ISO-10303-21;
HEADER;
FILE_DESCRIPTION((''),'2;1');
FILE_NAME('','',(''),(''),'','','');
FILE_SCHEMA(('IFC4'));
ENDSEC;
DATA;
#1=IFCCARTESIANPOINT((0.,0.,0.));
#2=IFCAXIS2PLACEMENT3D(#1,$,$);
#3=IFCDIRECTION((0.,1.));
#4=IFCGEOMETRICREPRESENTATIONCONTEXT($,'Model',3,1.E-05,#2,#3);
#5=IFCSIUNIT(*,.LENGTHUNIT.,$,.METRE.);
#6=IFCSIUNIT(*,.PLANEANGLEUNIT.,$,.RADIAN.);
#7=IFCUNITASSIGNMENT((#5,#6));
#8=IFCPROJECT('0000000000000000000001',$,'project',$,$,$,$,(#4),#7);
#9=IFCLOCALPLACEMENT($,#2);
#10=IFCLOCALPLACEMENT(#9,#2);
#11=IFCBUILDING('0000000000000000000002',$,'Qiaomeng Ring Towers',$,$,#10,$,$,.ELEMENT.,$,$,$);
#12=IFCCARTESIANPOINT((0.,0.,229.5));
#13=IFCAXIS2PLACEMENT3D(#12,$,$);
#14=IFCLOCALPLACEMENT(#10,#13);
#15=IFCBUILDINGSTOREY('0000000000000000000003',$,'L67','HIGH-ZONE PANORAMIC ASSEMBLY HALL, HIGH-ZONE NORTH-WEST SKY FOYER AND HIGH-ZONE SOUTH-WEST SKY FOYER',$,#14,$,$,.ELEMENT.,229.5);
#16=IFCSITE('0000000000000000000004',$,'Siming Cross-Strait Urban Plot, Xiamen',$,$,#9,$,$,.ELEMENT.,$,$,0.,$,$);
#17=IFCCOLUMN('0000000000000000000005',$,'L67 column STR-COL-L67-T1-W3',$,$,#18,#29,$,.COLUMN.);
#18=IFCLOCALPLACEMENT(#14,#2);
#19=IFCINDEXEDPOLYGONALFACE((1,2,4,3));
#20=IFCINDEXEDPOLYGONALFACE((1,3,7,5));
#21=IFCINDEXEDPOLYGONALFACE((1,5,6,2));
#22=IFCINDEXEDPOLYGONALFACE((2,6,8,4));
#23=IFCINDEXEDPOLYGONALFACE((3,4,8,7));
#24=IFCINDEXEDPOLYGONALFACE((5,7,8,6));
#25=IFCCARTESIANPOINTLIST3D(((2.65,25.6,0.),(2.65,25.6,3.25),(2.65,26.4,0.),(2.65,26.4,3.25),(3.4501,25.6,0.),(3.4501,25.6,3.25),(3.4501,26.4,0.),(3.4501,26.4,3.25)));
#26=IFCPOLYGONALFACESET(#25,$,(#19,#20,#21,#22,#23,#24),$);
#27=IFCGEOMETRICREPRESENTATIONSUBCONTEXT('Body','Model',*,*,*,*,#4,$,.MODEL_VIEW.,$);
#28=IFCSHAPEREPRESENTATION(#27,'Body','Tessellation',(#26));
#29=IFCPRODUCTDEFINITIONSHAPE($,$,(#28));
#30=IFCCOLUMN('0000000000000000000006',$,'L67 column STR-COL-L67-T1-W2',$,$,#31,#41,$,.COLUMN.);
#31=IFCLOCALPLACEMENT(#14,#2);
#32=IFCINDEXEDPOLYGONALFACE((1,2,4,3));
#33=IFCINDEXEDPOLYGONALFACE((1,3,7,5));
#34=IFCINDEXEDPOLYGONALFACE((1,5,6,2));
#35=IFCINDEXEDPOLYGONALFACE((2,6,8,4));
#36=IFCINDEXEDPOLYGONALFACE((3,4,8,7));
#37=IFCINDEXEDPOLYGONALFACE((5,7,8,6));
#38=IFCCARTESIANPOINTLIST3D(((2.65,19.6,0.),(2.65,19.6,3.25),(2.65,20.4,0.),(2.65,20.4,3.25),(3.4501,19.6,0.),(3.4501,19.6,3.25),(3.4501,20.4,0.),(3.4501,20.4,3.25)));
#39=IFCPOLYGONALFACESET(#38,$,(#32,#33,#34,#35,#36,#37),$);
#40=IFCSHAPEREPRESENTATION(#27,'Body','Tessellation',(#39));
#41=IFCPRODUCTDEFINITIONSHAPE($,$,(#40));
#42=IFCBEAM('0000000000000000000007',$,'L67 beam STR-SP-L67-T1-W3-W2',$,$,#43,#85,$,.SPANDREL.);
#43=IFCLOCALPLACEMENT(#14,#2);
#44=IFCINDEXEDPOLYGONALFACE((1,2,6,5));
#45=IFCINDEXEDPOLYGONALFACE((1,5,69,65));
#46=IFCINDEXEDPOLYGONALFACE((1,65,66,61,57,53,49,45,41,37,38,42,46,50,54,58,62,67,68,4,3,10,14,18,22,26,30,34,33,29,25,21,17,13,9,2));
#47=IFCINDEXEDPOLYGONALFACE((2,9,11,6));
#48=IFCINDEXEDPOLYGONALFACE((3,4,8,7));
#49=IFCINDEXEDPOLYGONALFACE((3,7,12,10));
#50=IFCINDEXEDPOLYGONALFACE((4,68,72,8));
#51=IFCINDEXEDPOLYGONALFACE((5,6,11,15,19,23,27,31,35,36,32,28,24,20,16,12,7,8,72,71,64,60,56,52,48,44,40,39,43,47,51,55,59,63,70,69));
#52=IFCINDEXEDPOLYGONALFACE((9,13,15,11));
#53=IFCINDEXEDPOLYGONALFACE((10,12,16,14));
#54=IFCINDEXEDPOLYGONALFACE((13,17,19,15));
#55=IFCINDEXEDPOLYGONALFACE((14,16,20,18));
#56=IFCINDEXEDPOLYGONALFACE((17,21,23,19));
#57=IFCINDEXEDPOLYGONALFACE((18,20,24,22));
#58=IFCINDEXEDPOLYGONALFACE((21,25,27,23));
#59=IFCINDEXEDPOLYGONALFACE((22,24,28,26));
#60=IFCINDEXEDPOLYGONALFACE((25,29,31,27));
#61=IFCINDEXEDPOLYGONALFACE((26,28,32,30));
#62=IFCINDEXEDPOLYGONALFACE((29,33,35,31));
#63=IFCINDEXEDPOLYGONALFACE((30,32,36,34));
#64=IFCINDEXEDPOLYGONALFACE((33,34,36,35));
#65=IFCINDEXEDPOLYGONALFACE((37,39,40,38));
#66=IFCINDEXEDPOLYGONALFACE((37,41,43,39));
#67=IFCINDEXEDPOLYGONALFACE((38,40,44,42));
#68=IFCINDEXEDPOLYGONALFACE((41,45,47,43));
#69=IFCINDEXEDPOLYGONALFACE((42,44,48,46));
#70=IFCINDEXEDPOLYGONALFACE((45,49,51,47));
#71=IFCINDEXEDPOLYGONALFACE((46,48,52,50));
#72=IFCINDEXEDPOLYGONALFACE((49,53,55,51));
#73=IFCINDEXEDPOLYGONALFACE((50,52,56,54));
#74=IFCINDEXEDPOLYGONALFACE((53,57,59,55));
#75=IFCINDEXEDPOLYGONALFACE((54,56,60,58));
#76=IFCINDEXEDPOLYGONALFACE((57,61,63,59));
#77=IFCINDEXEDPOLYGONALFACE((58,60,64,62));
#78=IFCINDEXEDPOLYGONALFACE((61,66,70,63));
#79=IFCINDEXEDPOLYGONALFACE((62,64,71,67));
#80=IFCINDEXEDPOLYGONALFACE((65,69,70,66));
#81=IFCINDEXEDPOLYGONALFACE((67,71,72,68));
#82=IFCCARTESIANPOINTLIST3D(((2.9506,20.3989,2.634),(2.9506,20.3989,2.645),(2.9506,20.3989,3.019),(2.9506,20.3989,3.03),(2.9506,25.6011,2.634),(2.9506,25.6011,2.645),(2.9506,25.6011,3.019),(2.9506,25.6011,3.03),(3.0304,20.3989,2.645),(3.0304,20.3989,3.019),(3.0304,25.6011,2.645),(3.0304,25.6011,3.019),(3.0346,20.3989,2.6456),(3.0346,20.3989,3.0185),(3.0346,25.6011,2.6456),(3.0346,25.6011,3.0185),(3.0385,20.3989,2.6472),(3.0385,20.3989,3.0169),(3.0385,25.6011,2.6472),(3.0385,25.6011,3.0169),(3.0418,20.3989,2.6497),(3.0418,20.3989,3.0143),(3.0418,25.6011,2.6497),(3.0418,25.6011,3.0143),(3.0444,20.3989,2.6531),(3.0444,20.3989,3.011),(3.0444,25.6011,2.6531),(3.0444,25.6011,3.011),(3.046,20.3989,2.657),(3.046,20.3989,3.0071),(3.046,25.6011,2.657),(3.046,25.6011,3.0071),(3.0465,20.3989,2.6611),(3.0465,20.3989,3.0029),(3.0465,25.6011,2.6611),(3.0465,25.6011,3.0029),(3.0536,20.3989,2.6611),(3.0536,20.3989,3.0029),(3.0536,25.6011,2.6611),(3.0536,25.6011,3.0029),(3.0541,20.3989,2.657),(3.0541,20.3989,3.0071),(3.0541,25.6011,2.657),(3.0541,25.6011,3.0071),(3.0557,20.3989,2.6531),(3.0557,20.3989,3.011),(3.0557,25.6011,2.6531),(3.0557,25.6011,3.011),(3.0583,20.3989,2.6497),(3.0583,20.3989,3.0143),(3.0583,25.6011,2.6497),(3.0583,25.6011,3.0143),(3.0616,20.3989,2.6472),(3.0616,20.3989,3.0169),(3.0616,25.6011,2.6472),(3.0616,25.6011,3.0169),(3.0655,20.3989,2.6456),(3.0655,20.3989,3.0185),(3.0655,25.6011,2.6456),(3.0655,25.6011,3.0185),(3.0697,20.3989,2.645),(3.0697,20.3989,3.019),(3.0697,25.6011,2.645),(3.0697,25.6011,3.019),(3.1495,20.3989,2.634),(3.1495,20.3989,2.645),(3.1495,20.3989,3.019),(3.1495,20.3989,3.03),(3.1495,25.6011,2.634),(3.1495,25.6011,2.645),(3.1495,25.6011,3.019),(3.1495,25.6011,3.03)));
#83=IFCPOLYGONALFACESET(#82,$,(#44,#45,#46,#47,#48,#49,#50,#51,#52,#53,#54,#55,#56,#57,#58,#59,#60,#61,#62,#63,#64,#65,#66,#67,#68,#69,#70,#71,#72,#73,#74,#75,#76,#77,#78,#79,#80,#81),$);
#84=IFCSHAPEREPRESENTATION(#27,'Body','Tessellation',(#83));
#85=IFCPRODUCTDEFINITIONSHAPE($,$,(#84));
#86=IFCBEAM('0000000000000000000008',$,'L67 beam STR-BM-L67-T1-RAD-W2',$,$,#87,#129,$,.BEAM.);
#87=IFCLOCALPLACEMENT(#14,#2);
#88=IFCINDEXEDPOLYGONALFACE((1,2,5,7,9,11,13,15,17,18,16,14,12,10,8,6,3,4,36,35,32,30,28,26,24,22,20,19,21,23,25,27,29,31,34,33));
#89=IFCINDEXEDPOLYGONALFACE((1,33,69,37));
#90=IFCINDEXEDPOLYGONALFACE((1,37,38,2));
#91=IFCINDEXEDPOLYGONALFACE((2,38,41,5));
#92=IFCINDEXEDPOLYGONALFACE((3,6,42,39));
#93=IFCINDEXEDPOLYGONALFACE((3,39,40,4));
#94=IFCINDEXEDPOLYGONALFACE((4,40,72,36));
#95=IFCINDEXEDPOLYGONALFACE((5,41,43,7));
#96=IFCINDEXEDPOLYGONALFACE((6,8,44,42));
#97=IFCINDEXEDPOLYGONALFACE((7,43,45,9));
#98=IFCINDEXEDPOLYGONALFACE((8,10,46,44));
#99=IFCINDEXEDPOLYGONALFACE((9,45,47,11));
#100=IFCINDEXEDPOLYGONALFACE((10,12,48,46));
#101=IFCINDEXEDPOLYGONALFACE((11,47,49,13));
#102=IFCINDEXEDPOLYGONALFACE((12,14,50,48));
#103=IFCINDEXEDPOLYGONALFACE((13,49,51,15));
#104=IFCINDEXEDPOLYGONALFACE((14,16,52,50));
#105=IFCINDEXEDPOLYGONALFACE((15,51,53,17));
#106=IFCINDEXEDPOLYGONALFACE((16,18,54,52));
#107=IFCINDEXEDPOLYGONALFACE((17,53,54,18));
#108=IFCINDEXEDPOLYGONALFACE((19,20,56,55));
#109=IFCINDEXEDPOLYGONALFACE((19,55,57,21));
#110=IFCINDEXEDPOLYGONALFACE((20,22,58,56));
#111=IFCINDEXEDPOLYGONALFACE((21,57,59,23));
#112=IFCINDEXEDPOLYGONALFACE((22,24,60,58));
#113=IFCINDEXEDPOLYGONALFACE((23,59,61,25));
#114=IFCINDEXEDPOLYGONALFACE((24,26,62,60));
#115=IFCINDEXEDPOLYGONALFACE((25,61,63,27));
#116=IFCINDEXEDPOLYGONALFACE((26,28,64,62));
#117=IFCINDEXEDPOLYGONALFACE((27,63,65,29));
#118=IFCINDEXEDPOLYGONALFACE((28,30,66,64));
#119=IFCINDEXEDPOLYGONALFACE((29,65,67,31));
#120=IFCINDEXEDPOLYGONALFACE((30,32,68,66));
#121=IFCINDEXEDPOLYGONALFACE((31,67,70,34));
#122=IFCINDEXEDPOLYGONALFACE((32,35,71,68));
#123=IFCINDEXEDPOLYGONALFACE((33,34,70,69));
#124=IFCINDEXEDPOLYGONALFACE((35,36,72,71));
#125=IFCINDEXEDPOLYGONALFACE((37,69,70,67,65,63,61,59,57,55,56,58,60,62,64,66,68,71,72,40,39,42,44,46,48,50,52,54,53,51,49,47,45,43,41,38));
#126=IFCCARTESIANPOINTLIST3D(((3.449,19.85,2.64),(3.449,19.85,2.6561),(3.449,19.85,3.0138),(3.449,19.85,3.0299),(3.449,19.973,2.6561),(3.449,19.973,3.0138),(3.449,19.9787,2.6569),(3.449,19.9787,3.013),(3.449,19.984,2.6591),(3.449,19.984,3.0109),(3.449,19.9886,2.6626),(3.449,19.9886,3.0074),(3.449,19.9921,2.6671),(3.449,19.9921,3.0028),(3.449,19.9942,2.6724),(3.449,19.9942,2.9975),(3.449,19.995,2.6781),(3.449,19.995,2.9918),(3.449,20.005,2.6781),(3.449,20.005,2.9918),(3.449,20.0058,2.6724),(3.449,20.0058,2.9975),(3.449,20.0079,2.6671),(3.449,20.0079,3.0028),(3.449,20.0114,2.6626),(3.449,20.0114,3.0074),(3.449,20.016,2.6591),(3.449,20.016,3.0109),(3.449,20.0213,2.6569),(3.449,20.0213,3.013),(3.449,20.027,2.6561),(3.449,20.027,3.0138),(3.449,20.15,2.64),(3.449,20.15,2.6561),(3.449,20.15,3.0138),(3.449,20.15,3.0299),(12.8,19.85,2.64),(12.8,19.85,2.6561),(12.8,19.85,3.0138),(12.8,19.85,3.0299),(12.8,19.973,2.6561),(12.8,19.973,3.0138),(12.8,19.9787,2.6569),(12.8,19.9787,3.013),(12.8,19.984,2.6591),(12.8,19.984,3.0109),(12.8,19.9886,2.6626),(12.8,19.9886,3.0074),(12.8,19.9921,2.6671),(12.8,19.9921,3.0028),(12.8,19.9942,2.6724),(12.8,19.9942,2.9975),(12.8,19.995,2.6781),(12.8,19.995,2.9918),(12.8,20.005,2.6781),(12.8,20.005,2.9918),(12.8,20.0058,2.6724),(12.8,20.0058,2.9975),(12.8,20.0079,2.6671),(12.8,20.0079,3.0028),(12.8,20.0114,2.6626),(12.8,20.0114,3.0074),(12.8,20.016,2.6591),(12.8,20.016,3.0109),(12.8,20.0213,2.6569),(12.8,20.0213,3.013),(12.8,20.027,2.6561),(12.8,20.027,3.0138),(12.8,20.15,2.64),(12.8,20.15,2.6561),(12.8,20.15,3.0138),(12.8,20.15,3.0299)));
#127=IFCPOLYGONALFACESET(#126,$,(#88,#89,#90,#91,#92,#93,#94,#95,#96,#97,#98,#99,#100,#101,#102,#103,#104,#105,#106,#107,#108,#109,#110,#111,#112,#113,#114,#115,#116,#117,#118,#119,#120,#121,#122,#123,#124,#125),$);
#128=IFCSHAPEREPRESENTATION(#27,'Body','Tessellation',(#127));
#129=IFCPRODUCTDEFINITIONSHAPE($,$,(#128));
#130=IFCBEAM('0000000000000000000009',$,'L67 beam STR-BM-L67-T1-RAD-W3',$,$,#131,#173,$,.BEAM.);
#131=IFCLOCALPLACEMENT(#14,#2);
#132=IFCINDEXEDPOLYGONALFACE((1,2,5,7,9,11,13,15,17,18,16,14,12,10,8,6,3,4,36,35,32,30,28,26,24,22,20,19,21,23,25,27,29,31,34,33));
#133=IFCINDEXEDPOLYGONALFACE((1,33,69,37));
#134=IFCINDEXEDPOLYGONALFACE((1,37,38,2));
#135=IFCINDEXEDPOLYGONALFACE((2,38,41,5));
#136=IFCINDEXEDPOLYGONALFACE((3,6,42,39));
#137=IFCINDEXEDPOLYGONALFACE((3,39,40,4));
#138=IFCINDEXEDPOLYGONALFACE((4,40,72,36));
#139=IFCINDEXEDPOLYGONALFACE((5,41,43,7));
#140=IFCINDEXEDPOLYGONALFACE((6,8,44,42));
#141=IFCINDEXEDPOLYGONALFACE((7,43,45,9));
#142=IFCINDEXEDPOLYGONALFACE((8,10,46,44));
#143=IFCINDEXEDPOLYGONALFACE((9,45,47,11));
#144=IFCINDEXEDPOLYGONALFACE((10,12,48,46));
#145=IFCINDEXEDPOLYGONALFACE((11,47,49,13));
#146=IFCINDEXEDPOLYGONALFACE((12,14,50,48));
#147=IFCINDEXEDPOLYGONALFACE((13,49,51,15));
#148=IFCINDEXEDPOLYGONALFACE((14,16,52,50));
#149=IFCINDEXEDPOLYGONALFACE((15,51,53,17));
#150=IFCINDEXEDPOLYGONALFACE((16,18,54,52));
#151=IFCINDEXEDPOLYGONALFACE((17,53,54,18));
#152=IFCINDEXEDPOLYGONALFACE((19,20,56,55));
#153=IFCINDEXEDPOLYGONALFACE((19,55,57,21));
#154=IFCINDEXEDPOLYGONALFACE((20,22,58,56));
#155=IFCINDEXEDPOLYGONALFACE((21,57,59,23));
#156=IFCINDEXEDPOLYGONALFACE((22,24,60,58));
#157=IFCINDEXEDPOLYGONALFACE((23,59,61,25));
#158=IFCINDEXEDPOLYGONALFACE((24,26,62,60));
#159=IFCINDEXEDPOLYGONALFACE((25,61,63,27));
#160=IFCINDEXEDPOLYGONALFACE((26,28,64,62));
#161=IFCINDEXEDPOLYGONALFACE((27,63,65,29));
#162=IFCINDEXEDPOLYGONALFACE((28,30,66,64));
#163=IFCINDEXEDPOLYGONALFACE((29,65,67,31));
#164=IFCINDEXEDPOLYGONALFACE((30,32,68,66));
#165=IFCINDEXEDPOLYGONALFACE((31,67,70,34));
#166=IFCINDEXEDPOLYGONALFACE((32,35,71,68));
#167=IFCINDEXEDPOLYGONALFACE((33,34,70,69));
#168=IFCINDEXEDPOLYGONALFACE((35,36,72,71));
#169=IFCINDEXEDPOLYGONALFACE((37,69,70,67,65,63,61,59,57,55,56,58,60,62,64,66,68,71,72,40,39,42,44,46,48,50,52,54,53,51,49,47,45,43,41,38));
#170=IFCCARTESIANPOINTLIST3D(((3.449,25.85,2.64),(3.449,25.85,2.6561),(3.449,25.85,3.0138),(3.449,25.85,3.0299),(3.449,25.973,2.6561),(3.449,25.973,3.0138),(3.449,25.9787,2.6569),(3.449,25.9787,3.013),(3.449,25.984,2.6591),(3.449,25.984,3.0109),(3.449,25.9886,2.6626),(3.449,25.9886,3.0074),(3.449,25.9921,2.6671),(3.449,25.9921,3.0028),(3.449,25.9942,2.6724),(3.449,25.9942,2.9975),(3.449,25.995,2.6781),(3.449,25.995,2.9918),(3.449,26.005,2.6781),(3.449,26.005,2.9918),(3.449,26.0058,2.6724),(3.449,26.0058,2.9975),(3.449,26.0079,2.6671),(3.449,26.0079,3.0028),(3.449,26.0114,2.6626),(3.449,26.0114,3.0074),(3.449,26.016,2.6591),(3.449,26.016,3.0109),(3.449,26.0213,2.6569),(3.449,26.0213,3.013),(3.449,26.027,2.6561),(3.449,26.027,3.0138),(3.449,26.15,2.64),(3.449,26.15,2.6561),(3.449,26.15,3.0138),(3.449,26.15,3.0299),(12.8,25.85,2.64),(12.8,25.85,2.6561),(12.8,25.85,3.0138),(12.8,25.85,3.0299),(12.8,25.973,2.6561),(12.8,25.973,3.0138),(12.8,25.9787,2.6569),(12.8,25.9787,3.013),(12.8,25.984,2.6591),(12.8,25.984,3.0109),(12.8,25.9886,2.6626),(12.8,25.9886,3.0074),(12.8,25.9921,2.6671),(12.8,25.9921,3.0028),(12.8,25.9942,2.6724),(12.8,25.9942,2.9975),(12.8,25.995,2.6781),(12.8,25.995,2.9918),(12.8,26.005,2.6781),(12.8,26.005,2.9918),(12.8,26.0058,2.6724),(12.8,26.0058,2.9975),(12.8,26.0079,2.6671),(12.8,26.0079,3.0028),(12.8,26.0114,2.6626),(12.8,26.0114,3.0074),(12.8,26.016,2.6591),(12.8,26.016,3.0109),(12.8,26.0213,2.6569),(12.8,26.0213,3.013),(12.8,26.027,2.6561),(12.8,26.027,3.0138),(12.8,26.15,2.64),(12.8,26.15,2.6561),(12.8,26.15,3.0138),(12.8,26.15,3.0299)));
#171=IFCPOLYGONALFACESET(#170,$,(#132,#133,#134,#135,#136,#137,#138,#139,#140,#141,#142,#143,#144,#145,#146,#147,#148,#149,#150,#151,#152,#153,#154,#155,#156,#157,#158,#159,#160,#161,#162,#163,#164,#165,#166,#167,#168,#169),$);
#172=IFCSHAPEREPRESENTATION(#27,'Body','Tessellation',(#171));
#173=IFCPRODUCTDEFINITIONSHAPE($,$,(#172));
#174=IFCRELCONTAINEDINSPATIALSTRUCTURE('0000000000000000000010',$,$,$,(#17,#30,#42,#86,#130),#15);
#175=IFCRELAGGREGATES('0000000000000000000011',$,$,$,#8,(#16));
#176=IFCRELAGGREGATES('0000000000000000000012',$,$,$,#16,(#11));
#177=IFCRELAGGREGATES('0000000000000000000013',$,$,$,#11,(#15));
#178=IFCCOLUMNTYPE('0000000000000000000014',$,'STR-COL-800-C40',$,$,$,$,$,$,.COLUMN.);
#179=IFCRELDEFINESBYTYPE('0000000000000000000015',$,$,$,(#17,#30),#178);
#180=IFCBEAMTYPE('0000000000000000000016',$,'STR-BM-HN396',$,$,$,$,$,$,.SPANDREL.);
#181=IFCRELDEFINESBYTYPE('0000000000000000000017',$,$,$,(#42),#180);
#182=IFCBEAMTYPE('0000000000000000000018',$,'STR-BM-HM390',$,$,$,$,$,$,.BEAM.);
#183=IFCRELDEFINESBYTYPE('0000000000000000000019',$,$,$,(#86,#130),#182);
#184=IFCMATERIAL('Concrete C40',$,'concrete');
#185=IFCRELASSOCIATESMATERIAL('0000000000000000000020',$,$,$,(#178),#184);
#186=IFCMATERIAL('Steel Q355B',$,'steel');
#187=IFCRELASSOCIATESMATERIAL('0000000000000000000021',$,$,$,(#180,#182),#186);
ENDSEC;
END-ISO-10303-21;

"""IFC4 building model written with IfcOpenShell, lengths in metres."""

from ifc_helpers import new_model, si_unit, direction, frame, origin, origin_2d, place, context, subcontext, project, spatial, rectangle, i_section, extrude, source, transform, mapped, material, material_profile, profile_set, type_object, element, save


model = new_model("IFC4")

# Units and contexts
model_context = context("Model", 3, precision=1e-05, world=origin(), true_north=direction((0.0, 1.0)))
body_context = subcontext(model_context, "Body", "Model", "MODEL_VIEW")
ifc_project = project(units=[si_unit("LENGTHUNIT", "METRE"), si_unit("PLANEANGLEUNIT", "RADIAN")], contexts=[model_context])

# Site, building, storey
site_placement = place(None, origin())
site = spatial("IfcSite", under=ifc_project, at=site_placement, Name="Siming Cross-Strait Urban Plot, Xiamen", CompositionType="ELEMENT", RefElevation=0.0)
building_placement = place(site_placement, origin())
building = spatial("IfcBuilding", under=site, at=building_placement, Name="Qiaomeng Ring Towers", CompositionType="ELEMENT")
storey_placement = place(building_placement, frame((0.0, 0.0, 229.5)))
storey = spatial("IfcBuildingStorey", under=building, at=storey_placement, Name="L67", Description="HIGH-ZONE PANORAMIC ASSEMBLY HALL, HIGH-ZONE NORTH-WEST SKY FOYER AND HIGH-ZONE SOUTH-WEST SKY FOYER", CompositionType="ELEMENT", Elevation=229.5)

# Columns
ifc_material_1 = material(Name="Concrete C40", Category="concrete")
ifc_material_profile_1 = material_profile(ifc_material_1, rectangle(XDim=0.8, YDim=0.8, at=origin_2d()), Name="RC COL 800x800")
ifc_profile_set_1 = profile_set([ifc_material_profile_1], Name="Concrete C40")
column_type = type_object("IfcColumnType", Name="STR-COL-800-C40", PredefinedType="COLUMN", material=ifc_profile_set_1)
shared_shape_1 = source(origin(), body_context, "Body", "SweptSolid", [
    extrude(rectangle(XDim=0.8, YDim=0.8, at=origin_2d()), origin(), (0.0, 0.0, 1.0), 3.25),
])
for number, where, z_axis, x_axis, name in (
    (1, (3.05, 26.0, 0.0), (0.0, 0.0, 1.0), (1.0, 0.0, 0.0), "L67 column STR-COL-L67-T1-W3"),
    (2, (3.05, 20.0, 0.0), (0.0, 0.0, 1.0), (1.0, 0.0, 0.0), "L67 column STR-COL-L67-T1-W2"),
):
    element("IfcColumn", number, at=place(storey_placement, frame(where, z_axis=z_axis, x_axis=x_axis)), inside=storey, type_object=column_type, Name=name, PredefinedType="COLUMN", context=body_context, shape_type="MappedRepresentation", body=[
        mapped(shared_shape_1, transform((0.0, 0.0, 0.0), x_axis=(1.0, 0.0, 0.0), y_axis=(0.0, 1.0, 0.0), z_axis=(0.0, 0.0, 1.0), scale=1.0)),
    ])

# Beams
ifc_material_2 = material(Name="Steel Q355B", Category="steel")
ifc_material_profile_2 = material_profile(ifc_material_2, i_section(OverallWidth=0.199, OverallDepth=0.396, WebThickness=0.0071, FlangeThickness=0.011, FilletRadius=0.0161, at=origin_2d()), Name="HN 396x199x7x11")
ifc_profile_set_2 = profile_set([ifc_material_profile_2], Name="Steel Q355B")
beam_type_1 = type_object("IfcBeamType", Name="STR-BM-HN396", PredefinedType="SPANDREL", material=ifc_profile_set_2)
shared_shape_2 = source(origin(), body_context, "Body", "SweptSolid", [
    extrude(i_section(OverallWidth=0.199, OverallDepth=0.396, WebThickness=0.0071, FlangeThickness=0.011, FilletRadius=0.0161, at=origin_2d()), origin(), (0.0, 0.0, 1.0), 5.2021),
])
beam_1_placement = place(storey_placement, frame((3.05, 25.6011, 2.832), z_axis=(0.0, -1.0, 0.0), x_axis=(1.0, 0.0, 0.0)))
element("IfcBeam", 3, at=beam_1_placement, inside=storey, type_object=beam_type_1, Name="L67 beam STR-SP-L67-T1-W3-W2", PredefinedType="SPANDREL", context=body_context, shape_type="MappedRepresentation", body=[
    mapped(shared_shape_2, transform((0.0, 0.0, 0.0), x_axis=(1.0, 0.0, 0.0), y_axis=(0.0, 1.0, 0.0), z_axis=(0.0, 0.0, 1.0), scale=1.0)),
])
ifc_material_profile_3 = material_profile(ifc_material_2, i_section(OverallWidth=0.3, OverallDepth=0.3899, WebThickness=0.01, FlangeThickness=0.0161, FilletRadius=0.022, at=origin_2d()), Name="HM 390x300x10x16")
ifc_profile_set_3 = profile_set([ifc_material_profile_3], Name="Steel Q355B")
beam_type_2 = type_object("IfcBeamType", Name="STR-BM-HM390", PredefinedType="BEAM", material=ifc_profile_set_3)
shared_shape_3 = source(origin(), body_context, "Body", "SweptSolid", [
    extrude(i_section(OverallWidth=0.3, OverallDepth=0.3899, WebThickness=0.01, FlangeThickness=0.0161, FilletRadius=0.022, at=origin_2d()), origin(), (0.0, 0.0, 1.0), 9.3511),
])
for number, where, z_axis, x_axis, name in (
    (4, (3.449, 20.0, 2.835), (1.0, 0.0, 0.0), (0.0, 1.0, 0.0), "L67 beam STR-BM-L67-T1-RAD-W2"),
    (5, (3.449, 26.0, 2.835), (1.0, 0.0, 0.0), (0.0, 1.0, 0.0), "L67 beam STR-BM-L67-T1-RAD-W3"),
):
    element("IfcBeam", number, at=place(storey_placement, frame(where, z_axis=z_axis, x_axis=x_axis)), inside=storey, type_object=beam_type_2, Name=name, PredefinedType="BEAM", context=body_context, shape_type="MappedRepresentation", body=[
        mapped(shared_shape_3, transform((0.0, 0.0, 0.0), x_axis=(1.0, 0.0, 0.0), y_axis=(0.0, 1.0, 0.0), z_axis=(0.0, 0.0, 1.0), scale=1.0)),
    ])

save(model, "model.ifc")
